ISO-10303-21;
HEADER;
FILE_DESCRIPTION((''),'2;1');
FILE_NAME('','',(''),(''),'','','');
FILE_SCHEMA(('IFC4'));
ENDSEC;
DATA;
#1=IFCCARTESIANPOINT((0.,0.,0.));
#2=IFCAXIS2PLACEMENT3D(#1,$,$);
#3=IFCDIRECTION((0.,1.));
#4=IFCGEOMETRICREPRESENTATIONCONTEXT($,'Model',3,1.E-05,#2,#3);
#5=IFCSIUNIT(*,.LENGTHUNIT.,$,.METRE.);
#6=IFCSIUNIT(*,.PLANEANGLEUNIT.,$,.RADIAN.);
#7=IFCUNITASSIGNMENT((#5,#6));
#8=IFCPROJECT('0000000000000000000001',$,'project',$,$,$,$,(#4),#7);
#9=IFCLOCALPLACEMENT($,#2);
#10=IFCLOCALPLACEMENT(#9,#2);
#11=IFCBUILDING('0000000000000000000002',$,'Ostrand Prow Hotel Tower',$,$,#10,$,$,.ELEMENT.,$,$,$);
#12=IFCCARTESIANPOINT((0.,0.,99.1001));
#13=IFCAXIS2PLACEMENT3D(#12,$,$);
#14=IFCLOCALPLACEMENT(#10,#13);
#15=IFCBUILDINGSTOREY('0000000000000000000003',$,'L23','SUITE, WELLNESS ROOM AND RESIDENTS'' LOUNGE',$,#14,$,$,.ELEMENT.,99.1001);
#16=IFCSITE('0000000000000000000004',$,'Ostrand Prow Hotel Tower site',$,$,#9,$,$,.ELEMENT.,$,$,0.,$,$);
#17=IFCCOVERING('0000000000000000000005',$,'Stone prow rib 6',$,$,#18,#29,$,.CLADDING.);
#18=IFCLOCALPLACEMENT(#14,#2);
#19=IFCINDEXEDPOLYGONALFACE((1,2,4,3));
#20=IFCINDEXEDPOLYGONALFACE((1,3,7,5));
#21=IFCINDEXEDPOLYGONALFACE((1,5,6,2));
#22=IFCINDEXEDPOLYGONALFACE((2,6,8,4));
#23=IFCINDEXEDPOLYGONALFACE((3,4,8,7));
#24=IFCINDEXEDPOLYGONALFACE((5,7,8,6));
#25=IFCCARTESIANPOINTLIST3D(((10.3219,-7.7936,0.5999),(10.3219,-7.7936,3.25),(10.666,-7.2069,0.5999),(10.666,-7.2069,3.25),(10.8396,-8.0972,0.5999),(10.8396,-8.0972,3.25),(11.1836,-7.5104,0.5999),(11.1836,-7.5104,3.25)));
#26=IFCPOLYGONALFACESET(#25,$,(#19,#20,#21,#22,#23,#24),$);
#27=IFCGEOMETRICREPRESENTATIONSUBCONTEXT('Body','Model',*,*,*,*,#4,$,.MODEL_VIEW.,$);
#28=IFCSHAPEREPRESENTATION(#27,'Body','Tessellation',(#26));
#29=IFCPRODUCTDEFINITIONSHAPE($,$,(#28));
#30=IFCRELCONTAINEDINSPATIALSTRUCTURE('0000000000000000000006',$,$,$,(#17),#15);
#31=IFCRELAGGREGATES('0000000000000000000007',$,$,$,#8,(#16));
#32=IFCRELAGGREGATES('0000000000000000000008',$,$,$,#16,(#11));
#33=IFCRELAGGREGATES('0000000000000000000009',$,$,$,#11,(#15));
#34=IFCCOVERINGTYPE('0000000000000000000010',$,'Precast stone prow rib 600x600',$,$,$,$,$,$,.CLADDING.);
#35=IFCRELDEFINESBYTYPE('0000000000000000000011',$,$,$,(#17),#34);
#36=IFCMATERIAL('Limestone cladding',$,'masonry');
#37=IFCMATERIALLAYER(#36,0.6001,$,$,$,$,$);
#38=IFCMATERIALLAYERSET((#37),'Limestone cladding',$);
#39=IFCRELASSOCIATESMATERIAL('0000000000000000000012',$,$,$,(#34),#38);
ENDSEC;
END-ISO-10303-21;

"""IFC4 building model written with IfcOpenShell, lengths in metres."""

from ifc_helpers import new_model, si_unit, direction, frame, frame_2d, origin, place, context, subcontext, project, spatial, rectangle, extrude, material, layer, layer_set, type_object, element, save


model = new_model("IFC4")

# Units and contexts
model_context = context("Model", 3, precision=1e-05, world=origin(), true_north=direction((0.0, 1.0)))
body_context = subcontext(model_context, "Body", "Model", "MODEL_VIEW")
ifc_project = project(units=[si_unit("LENGTHUNIT", "METRE"), si_unit("PLANEANGLEUNIT", "RADIAN")], contexts=[model_context])

# Site, building, storey
site_placement = place(None, origin())
site = spatial("IfcSite", under=ifc_project, at=site_placement, Name="Ostrand Prow Hotel Tower site", CompositionType="ELEMENT", RefElevation=0.0)
building_placement = place(site_placement, origin())
building = spatial("IfcBuilding", under=site, at=building_placement, Name="Ostrand Prow Hotel Tower", CompositionType="ELEMENT")
storey_placement = place(building_placement, frame((0.0, 0.0, 99.1001)))
storey = spatial("IfcBuildingStorey", under=building, at=storey_placement, Name="L23", Description="SUITE, WELLNESS ROOM AND RESIDENTS' LOUNGE", CompositionType="ELEMENT", Elevation=99.1001)

# Covering
ifc_material_1 = material(Name="Limestone cladding", Category="masonry")
ifc_layer_1 = layer(ifc_material_1, 0.6001)
ifc_layer_set_1 = layer_set([ifc_layer_1], Name="Limestone cladding")
covering_type_1 = type_object("IfcCoveringType", Name="Precast stone prow rib 600x600", PredefinedType="CLADDING", material=ifc_layer_set_1)
covering_1_placement = place(storey_placement, frame((10.9248, -7.3586, 0.5999), z_axis=(0.0, 0.0, 1.0), x_axis=(-0.505812, -0.862644, 0.0)))
element("IfcCovering", 1, at=covering_1_placement, inside=storey, type_object=covering_type_1, Name="Stone prow rib 6", PredefinedType="CLADDING", context=body_context, shape_type="SweptSolid", body=[
    extrude(rectangle(XDim=0.6802, YDim=0.6001, at=frame_2d((0.3401, 0.0))), origin(), (0.0, 0.0, 1.0), 2.6501),
])

save(model, "model.ifc")
